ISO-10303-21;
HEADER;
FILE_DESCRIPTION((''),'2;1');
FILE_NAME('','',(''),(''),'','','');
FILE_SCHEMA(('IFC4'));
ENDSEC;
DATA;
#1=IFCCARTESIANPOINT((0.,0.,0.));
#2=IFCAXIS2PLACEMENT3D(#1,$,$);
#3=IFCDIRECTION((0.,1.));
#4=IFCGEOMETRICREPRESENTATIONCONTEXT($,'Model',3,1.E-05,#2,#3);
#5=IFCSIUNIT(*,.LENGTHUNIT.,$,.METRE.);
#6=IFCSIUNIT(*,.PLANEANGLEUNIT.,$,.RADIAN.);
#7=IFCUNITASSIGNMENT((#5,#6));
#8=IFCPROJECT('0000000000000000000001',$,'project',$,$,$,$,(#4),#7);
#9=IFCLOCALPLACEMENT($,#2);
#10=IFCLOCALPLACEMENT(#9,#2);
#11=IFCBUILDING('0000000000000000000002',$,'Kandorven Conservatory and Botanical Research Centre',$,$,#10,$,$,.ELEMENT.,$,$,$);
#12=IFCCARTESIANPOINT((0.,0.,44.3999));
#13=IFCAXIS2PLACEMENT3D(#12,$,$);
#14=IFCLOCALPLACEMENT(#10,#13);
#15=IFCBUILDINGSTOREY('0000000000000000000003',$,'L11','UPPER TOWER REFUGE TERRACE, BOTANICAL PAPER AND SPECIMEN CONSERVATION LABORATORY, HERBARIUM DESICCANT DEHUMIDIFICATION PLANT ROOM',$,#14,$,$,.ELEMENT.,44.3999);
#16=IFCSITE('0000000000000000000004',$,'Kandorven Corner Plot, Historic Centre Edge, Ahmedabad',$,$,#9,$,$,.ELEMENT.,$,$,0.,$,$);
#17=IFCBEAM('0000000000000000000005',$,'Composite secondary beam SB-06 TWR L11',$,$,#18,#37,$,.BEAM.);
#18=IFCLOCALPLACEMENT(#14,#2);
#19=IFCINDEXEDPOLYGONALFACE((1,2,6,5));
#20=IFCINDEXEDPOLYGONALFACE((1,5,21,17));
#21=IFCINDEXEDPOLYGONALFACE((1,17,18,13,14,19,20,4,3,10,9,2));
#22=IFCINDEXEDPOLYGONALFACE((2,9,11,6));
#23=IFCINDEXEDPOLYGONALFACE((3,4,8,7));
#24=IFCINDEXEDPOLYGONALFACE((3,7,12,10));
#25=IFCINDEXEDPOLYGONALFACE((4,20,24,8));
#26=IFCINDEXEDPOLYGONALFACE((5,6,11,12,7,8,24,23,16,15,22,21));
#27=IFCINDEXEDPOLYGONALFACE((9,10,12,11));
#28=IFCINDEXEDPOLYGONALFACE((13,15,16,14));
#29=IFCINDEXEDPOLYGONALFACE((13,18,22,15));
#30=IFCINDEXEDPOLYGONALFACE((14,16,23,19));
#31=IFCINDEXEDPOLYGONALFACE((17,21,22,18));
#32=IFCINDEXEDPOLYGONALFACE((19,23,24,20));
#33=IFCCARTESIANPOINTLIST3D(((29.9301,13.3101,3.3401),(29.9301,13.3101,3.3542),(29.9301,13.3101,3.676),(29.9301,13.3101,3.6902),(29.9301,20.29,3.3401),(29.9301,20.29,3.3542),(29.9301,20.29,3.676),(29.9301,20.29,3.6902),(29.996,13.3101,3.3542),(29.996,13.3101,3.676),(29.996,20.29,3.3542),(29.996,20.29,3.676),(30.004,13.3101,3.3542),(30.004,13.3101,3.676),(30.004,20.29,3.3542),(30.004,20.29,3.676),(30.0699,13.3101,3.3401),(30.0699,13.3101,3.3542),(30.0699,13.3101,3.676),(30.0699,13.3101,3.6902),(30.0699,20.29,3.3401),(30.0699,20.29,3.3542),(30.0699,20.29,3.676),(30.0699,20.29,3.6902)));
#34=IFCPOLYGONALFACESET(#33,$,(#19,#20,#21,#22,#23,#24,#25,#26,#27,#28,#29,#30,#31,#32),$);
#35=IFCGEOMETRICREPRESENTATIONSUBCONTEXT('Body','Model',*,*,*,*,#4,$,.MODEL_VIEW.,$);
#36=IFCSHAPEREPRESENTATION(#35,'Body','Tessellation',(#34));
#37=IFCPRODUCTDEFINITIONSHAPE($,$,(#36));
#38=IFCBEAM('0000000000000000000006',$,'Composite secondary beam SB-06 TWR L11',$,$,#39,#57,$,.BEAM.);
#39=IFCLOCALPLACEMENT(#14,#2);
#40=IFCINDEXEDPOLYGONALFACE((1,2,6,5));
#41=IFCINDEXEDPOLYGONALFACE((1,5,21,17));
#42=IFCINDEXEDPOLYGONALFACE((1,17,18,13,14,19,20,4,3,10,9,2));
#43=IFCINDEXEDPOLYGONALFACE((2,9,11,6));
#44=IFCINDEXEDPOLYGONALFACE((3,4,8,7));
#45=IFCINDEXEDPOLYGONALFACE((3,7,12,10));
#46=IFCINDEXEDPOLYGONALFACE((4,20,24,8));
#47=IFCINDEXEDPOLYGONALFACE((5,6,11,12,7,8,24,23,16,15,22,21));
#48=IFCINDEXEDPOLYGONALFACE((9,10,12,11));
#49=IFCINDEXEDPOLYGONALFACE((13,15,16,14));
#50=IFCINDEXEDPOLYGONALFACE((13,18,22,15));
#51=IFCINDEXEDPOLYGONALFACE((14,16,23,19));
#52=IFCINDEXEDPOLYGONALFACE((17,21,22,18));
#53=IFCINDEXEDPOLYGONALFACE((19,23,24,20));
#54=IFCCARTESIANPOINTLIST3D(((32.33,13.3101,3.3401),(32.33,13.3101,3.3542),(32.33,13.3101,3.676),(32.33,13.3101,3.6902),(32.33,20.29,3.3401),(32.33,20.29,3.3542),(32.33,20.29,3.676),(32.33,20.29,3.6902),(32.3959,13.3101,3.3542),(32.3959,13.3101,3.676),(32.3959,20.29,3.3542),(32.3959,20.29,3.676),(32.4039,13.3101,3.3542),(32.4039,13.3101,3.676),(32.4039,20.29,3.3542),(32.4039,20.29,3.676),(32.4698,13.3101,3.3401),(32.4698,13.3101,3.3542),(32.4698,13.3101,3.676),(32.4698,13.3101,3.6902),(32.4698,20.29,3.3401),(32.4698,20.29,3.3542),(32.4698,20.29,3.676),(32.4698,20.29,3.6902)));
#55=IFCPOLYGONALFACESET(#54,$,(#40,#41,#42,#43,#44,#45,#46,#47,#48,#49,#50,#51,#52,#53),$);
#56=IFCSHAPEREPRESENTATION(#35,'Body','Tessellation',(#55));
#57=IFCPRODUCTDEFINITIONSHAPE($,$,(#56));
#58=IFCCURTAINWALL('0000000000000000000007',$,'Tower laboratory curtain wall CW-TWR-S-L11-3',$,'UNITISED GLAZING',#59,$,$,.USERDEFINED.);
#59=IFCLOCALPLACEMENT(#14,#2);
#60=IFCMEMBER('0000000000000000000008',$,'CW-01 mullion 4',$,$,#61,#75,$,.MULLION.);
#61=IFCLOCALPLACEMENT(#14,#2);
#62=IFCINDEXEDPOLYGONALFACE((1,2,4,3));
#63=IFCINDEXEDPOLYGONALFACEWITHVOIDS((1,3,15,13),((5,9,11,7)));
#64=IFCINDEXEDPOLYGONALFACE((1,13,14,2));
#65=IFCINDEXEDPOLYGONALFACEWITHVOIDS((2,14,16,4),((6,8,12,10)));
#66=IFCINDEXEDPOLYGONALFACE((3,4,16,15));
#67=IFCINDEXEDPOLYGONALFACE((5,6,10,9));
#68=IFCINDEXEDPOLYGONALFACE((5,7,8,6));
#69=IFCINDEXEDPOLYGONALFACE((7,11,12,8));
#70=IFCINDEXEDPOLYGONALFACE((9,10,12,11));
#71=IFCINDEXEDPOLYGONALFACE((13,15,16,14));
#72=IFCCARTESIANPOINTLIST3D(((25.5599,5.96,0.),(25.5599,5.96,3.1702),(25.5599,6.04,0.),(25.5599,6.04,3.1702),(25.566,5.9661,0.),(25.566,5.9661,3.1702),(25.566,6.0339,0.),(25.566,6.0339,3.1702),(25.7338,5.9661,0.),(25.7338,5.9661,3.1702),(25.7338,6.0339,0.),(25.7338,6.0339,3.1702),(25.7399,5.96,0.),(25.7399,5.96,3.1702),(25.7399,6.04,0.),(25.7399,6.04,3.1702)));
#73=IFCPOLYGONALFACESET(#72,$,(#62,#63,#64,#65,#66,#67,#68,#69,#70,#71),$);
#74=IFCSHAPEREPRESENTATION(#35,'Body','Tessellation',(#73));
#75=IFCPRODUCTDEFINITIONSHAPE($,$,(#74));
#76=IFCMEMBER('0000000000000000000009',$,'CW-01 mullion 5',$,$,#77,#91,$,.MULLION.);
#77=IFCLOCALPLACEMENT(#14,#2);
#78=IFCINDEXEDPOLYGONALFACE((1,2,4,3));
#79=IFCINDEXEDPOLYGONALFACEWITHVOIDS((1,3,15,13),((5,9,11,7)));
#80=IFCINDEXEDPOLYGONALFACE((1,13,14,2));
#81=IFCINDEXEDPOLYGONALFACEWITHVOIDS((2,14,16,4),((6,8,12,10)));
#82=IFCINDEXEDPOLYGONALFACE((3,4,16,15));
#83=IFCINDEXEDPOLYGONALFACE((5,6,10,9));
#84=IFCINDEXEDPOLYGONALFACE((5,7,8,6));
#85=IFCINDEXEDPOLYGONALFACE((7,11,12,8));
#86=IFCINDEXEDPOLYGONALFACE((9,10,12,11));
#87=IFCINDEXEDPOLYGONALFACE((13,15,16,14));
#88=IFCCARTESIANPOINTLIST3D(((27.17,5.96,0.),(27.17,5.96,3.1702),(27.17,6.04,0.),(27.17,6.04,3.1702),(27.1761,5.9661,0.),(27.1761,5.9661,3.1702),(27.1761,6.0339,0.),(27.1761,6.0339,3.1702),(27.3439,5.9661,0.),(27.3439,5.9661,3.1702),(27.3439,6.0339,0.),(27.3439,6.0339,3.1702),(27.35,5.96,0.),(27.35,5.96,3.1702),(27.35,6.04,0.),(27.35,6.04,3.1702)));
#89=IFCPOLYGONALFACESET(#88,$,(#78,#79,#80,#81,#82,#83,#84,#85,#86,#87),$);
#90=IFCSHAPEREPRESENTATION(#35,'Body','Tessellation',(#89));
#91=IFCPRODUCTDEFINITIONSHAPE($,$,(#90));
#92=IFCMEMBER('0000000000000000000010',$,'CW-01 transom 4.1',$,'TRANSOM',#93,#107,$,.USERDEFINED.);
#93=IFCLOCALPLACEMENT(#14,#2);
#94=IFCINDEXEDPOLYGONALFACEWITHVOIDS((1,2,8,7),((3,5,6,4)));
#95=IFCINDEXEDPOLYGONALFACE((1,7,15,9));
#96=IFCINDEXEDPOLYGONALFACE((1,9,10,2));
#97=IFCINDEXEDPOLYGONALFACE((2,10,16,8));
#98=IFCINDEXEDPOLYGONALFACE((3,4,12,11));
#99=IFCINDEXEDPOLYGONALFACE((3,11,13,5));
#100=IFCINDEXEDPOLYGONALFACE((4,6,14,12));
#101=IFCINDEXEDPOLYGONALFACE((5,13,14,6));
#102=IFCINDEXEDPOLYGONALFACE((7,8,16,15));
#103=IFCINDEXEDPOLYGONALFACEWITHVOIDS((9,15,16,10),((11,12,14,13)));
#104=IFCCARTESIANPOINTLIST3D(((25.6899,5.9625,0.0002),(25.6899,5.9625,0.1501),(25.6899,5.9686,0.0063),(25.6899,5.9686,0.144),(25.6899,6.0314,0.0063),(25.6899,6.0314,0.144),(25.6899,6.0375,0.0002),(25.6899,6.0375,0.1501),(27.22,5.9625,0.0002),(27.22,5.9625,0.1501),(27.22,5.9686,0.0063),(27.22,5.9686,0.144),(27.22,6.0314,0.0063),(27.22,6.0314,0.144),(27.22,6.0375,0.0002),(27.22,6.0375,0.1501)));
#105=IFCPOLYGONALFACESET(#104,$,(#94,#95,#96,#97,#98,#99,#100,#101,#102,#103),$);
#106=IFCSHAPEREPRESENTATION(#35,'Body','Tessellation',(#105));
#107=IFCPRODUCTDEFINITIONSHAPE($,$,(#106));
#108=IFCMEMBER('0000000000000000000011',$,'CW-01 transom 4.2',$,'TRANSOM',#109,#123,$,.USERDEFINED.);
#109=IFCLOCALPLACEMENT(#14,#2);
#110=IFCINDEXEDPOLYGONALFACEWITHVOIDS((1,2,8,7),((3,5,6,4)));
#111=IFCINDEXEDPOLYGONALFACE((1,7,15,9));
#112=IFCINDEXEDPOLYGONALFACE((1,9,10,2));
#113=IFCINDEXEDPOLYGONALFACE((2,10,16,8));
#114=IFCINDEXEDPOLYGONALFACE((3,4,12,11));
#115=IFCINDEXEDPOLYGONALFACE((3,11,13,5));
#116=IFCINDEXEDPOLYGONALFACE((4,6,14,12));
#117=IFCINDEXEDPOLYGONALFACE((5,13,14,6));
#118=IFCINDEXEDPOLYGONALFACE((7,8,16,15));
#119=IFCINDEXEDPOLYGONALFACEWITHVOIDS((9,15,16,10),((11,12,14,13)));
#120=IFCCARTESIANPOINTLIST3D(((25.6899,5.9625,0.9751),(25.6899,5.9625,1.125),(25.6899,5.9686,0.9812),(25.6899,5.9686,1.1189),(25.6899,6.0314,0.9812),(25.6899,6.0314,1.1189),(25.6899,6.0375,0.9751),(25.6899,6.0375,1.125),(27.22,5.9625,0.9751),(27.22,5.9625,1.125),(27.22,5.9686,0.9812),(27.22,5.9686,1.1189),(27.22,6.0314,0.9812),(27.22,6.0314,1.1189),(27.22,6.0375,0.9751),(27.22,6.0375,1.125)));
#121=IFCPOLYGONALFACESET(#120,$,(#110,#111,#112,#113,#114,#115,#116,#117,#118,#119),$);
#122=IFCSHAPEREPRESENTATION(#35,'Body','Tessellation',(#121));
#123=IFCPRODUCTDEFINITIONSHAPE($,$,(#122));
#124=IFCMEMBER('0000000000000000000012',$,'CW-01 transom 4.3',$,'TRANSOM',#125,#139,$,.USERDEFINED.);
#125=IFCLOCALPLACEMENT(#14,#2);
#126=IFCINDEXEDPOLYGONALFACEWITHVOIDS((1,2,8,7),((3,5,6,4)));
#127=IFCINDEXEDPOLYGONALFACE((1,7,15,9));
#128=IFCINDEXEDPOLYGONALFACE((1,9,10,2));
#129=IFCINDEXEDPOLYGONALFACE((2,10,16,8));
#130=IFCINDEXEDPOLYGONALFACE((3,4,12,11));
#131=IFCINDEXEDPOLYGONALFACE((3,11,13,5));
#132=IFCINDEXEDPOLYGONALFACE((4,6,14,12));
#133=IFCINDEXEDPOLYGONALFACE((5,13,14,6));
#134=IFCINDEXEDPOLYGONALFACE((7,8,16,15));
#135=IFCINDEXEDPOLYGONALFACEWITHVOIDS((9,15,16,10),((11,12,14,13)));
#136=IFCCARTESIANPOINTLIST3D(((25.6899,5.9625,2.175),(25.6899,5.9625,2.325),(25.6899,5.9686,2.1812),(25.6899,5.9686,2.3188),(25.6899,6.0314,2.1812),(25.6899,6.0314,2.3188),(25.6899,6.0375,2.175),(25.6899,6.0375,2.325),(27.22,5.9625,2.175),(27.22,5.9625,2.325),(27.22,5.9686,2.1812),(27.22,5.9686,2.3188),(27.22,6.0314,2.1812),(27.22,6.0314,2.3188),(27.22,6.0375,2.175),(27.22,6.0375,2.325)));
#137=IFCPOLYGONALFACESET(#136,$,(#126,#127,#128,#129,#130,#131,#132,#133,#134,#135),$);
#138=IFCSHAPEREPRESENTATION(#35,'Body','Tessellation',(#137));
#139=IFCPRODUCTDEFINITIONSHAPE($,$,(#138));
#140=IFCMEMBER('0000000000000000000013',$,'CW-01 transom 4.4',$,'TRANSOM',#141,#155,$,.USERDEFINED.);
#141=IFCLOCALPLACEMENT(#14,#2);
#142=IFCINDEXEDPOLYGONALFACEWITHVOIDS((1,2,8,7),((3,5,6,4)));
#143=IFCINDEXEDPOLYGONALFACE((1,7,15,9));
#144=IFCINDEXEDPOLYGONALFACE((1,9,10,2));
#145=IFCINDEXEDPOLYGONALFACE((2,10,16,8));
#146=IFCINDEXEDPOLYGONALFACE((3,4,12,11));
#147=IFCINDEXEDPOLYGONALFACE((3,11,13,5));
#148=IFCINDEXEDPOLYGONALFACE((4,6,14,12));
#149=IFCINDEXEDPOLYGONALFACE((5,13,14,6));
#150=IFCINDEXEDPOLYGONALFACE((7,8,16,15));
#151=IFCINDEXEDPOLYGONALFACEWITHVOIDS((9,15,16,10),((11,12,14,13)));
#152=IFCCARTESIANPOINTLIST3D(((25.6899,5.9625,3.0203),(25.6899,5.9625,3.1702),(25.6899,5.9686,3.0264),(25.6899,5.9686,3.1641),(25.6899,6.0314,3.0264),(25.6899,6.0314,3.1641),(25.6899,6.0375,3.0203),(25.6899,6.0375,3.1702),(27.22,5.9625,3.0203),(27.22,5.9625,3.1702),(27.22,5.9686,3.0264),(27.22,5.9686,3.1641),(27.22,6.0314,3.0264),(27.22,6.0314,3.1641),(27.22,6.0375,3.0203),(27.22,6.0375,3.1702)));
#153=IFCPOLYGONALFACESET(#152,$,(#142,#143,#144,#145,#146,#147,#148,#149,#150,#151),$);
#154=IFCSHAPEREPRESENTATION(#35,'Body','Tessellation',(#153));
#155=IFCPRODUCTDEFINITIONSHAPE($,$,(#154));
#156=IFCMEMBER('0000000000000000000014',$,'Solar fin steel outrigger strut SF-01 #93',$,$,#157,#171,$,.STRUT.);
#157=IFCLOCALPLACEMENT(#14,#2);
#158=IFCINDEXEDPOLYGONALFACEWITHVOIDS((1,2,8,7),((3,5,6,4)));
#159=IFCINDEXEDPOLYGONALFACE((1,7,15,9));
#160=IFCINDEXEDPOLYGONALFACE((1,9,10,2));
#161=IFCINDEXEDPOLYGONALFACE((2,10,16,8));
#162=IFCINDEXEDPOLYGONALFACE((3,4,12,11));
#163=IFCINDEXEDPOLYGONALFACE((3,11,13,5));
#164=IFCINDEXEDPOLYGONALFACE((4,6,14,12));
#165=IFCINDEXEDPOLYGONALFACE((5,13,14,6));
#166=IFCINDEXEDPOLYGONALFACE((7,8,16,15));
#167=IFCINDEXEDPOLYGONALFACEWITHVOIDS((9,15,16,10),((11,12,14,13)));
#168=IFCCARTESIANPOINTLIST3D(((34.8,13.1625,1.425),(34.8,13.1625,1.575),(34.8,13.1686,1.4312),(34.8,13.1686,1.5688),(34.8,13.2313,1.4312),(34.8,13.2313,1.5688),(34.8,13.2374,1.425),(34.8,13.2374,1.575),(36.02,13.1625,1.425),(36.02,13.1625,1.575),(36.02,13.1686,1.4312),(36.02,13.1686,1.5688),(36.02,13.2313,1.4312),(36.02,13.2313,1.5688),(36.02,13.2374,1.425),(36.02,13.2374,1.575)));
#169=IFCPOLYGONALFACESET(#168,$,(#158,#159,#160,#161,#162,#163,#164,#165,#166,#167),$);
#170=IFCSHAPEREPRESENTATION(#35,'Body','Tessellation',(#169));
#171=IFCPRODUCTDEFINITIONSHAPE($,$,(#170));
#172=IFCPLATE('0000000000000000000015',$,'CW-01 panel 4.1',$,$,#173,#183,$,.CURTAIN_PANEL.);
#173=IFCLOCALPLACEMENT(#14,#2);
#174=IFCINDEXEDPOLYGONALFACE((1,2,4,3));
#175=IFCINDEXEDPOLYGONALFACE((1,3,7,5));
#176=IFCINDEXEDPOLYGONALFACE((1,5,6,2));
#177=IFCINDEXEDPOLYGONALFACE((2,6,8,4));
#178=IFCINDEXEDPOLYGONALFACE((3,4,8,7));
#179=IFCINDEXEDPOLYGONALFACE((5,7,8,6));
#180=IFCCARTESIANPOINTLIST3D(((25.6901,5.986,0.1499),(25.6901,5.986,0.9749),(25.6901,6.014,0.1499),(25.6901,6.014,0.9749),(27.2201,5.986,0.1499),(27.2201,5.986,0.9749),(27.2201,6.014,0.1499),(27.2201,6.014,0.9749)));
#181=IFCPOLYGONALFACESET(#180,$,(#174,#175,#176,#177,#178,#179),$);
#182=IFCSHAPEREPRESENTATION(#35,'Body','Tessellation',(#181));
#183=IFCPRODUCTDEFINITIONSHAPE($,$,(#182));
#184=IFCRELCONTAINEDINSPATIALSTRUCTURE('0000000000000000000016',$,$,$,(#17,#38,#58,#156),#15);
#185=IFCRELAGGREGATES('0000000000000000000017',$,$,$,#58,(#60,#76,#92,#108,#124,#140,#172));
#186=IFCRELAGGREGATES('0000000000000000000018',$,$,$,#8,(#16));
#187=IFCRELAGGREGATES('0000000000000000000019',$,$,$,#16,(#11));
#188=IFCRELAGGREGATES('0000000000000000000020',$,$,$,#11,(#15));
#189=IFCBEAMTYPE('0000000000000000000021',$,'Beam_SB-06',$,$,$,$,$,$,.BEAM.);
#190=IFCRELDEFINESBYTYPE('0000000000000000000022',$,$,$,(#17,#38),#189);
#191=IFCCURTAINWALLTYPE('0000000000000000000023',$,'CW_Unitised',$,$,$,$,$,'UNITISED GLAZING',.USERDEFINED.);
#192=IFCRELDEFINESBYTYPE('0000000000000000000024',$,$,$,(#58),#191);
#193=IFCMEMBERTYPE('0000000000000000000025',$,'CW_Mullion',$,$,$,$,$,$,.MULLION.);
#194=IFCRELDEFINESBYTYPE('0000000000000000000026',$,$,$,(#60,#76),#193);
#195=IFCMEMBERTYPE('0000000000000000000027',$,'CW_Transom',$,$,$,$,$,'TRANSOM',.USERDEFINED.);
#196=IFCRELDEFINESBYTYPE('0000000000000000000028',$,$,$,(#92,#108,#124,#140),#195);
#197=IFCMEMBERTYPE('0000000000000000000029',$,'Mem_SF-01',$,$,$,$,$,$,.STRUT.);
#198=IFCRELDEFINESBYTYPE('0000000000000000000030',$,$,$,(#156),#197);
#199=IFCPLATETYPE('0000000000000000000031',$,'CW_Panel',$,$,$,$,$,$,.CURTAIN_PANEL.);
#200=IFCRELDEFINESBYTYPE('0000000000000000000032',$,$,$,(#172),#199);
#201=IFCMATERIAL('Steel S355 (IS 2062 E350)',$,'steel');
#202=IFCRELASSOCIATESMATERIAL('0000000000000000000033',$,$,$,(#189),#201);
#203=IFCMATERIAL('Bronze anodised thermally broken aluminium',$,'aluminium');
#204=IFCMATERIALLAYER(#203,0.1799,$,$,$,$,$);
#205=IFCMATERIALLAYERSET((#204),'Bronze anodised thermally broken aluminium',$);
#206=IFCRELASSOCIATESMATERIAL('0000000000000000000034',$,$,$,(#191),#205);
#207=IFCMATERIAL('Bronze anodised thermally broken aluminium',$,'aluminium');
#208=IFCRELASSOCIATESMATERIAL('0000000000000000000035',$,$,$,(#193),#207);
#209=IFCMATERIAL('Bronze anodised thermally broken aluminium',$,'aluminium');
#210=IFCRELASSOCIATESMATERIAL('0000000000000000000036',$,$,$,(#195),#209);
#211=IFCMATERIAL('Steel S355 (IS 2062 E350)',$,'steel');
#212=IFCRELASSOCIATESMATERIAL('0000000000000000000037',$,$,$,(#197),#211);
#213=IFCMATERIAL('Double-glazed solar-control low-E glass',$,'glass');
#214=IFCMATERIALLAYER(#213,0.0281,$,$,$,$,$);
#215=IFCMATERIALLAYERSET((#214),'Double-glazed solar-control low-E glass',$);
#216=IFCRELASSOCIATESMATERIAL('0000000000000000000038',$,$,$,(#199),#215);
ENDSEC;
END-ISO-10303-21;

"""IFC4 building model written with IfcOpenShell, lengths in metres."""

from ifc_helpers import new_model, si_unit, direction, frame, origin, origin_2d, place, context, subcontext, project, spatial, rectangle, hollow_rectangle, i_section, extrude, material, layer, layer_set, material_profile, profile_set, type_object, element, aggregate, save


model = new_model("IFC4")

# Units and contexts
model_context = context("Model", 3, precision=1e-05, world=origin(), true_north=direction((0.0, 1.0)))
body_context = subcontext(model_context, "Body", "Model", "MODEL_VIEW")
ifc_project = project(units=[si_unit("LENGTHUNIT", "METRE"), si_unit("PLANEANGLEUNIT", "RADIAN")], contexts=[model_context])

# Site, building, storey
site_placement = place(None, origin())
site = spatial("IfcSite", under=ifc_project, at=site_placement, Name="Kandorven Corner Plot, Historic Centre Edge, Ahmedabad", CompositionType="ELEMENT", RefElevation=0.0)
building_placement = place(site_placement, origin())
building = spatial("IfcBuilding", under=site, at=building_placement, Name="Kandorven Conservatory and Botanical Research Centre", CompositionType="ELEMENT")
storey_placement = place(building_placement, frame((0.0, 0.0, 44.3999)))
storey = spatial("IfcBuildingStorey", under=building, at=storey_placement, Name="L11", Description="UPPER TOWER REFUGE TERRACE, BOTANICAL PAPER AND SPECIMEN CONSERVATION LABORATORY, HERBARIUM DESICCANT DEHUMIDIFICATION PLANT ROOM", CompositionType="ELEMENT", Elevation=44.3999)

# Beams
ifc_material_1 = material(Name="Steel S355 (IS 2062 E350)", Category="steel")
ifc_material_profile_1 = material_profile(ifc_material_1, i_section(OverallWidth=0.1399, OverallDepth=0.3501, WebThickness=0.0081, FlangeThickness=0.0142, at=origin_2d()))
ifc_profile_set_1 = profile_set([ifc_material_profile_1], Name="Steel S355 (IS 2062 E350)")
beam_type_1 = type_object("IfcBeamType", Name="Beam_SB-06", PredefinedType="BEAM", material=ifc_profile_set_1)
for number, where, z_axis, x_axis, name in (
    (1, (30.0, 13.3101, 3.5151), (0.0, 1.0, 0.0), (-1.0, 0.0, 0.0), "Composite secondary beam SB-06 TWR L11"),
    (2, (32.3999, 13.3101, 3.5151), (0.0, 1.0, 0.0), (-1.0, 0.0, 0.0), "Composite secondary beam SB-06 TWR L11"),
):
    element("IfcBeam", number, at=place(storey_placement, frame(where, z_axis=z_axis, x_axis=x_axis)), inside=storey, type_object=beam_type_1, Name=name, PredefinedType="BEAM", context=body_context, shape_type="SweptSolid", body=[
        extrude(i_section(OverallWidth=0.1399, OverallDepth=0.3501, WebThickness=0.0081, FlangeThickness=0.0142, at=origin_2d()), origin(), (0.0, 0.0, 1.0), 6.98),
    ])

# Curtain wall, members
ifc_material_2 = material(Name="Bronze anodised thermally broken aluminium", Category="aluminium")
ifc_layer_1 = layer(ifc_material_2, 0.1799)
ifc_layer_set_1 = layer_set([ifc_layer_1], Name="Bronze anodised thermally broken aluminium")
curtain_wall_type = type_object("IfcCurtainWallType", Name="CW_Unitised", ElementType="UNITISED GLAZING", PredefinedType="USERDEFINED", material=ifc_layer_set_1)
curtain_wall_placement = place(storey_placement, origin())
curtain_wall = element("IfcCurtainWall", 3, at=curtain_wall_placement, inside=storey, type_object=curtain_wall_type, Name="Tower laboratory curtain wall CW-TWR-S-L11-3", ObjectType="UNITISED GLAZING", PredefinedType="USERDEFINED")
ifc_material_3 = material(Name="Bronze anodised thermally broken aluminium", Category="aluminium")
ifc_material_profile_2 = material_profile(ifc_material_3, hollow_rectangle(XDim=0.0801, YDim=0.1799, WallThickness=0.0061, at=origin_2d()))
ifc_profile_set_2 = profile_set([ifc_material_profile_2], Name="Bronze anodised thermally broken aluminium")
member_type_1 = type_object("IfcMemberType", Name="CW_Mullion", PredefinedType="MULLION", material=ifc_profile_set_2)
member_1_placement = place(storey_placement, frame((25.6499, 6.0, 0.0), z_axis=(0.0, 0.0, 1.0), x_axis=(0.0, 1.0, 0.0)))
member_1 = element("IfcMember", 4, at=member_1_placement, type_object=member_type_1, Name="CW-01 mullion 4", PredefinedType="MULLION", context=body_context, shape_type="SweptSolid", body=[
    extrude(hollow_rectangle(XDim=0.0801, YDim=0.1799, WallThickness=0.0061, at=origin_2d()), origin(), (0.0, 0.0, 1.0), 3.1702),
])
member_2_placement = place(storey_placement, frame((27.26, 6.0, 0.0), z_axis=(0.0, 0.0, 1.0), x_axis=(0.0, 1.0, 0.0)))
member_2 = element("IfcMember", 5, at=member_2_placement, type_object=member_type_1, Name="CW-01 mullion 5", PredefinedType="MULLION", context=body_context, shape_type="SweptSolid", body=[
    extrude(hollow_rectangle(XDim=0.0801, YDim=0.1799, WallThickness=0.0061, at=origin_2d()), origin(), (0.0, 0.0, 1.0), 3.1702),
])
ifc_material_4 = material(Name="Bronze anodised thermally broken aluminium", Category="aluminium")
ifc_material_profile_3 = material_profile(ifc_material_4, hollow_rectangle(XDim=0.075, YDim=0.1499, WallThickness=0.0061, at=origin_2d()))
ifc_profile_set_3 = profile_set([ifc_material_profile_3], Name="Bronze anodised thermally broken aluminium")
member_type_2 = type_object("IfcMemberType", Name="CW_Transom", ElementType="TRANSOM", PredefinedType="USERDEFINED", material=ifc_profile_set_3)
member_3_placement = place(storey_placement, frame((25.6899, 6.0, 0.0752), z_axis=(1.0, 0.0, 0.0), x_axis=(0.0, 1.0, 0.0)))
member_3 = element("IfcMember", 6, at=member_3_placement, type_object=member_type_2, Name="CW-01 transom 4.1", ObjectType="TRANSOM", PredefinedType="USERDEFINED", context=body_context, shape_type="SweptSolid", body=[
    extrude(hollow_rectangle(XDim=0.075, YDim=0.1499, WallThickness=0.0061, at=origin_2d()), origin(), (0.0, 0.0, 1.0), 1.53),
])
member_4_placement = place(storey_placement, frame((25.6899, 6.0, 1.05), z_axis=(1.0, 0.0, 0.0), x_axis=(0.0, 1.0, 0.0)))
member_4 = element("IfcMember", 7, at=member_4_placement, type_object=member_type_2, Name="CW-01 transom 4.2", ObjectType="TRANSOM", PredefinedType="USERDEFINED", context=body_context, shape_type="SweptSolid", body=[
    extrude(hollow_rectangle(XDim=0.075, YDim=0.1499, WallThickness=0.0061, at=origin_2d()), origin(), (0.0, 0.0, 1.0), 1.53),
])
member_5_placement = place(storey_placement, frame((25.6899, 6.0, 2.25), z_axis=(1.0, 0.0, 0.0), x_axis=(0.0, 1.0, 0.0)))
member_5 = element("IfcMember", 8, at=member_5_placement, type_object=member_type_2, Name="CW-01 transom 4.3", ObjectType="TRANSOM", PredefinedType="USERDEFINED", context=body_context, shape_type="SweptSolid", body=[
    extrude(hollow_rectangle(XDim=0.075, YDim=0.1499, WallThickness=0.0061, at=origin_2d()), origin(), (0.0, 0.0, 1.0), 1.53),
])
member_6_placement = place(storey_placement, frame((25.6899, 6.0, 3.0952), z_axis=(1.0, 0.0, 0.0), x_axis=(0.0, 1.0, 0.0)))
member_6 = element("IfcMember", 9, at=member_6_placement, type_object=member_type_2, Name="CW-01 transom 4.4", ObjectType="TRANSOM", PredefinedType="USERDEFINED", context=body_context, shape_type="SweptSolid", body=[
    extrude(hollow_rectangle(XDim=0.075, YDim=0.1499, WallThickness=0.0061, at=origin_2d()), origin(), (0.0, 0.0, 1.0), 1.53),
])

# Member
ifc_material_5 = material(Name="Steel S355 (IS 2062 E350)", Category="steel")
ifc_material_profile_4 = material_profile(ifc_material_5, hollow_rectangle(XDim=0.075, YDim=0.1499, WallThickness=0.0061, at=origin_2d()))
ifc_profile_set_4 = profile_set([ifc_material_profile_4], Name="Steel S355 (IS 2062 E350)")
member_type_3 = type_object("IfcMemberType", Name="Mem_SF-01", PredefinedType="STRUT", material=ifc_profile_set_4)
member_7_placement = place(storey_placement, frame((34.8, 13.2, 1.5), z_axis=(1.0, 0.0, 0.0), x_axis=(0.0, 1.0, 0.0)))
element("IfcMember", 10, at=member_7_placement, inside=storey, type_object=member_type_3, Name="Solar fin steel outrigger strut SF-01 #93", PredefinedType="STRUT", context=body_context, shape_type="SweptSolid", body=[
    extrude(hollow_rectangle(XDim=0.075, YDim=0.1499, WallThickness=0.0061, at=origin_2d()), origin(), (0.0, 0.0, 1.0), 1.22),
])

# Plate
ifc_material_6 = material(Name="Double-glazed solar-control low-E glass", Category="glass")
ifc_layer_2 = layer(ifc_material_6, 0.0281)
ifc_layer_set_2 = layer_set([ifc_layer_2], Name="Double-glazed solar-control low-E glass")
plate_type_1 = type_object("IfcPlateType", Name="CW_Panel", PredefinedType="CURTAIN_PANEL", material=ifc_layer_set_2)
plate_1_placement = place(storey_placement, frame((26.4551, 6.0, 0.1499), z_axis=(0.0, 0.0, 1.0), x_axis=(1.0, 0.0, 0.0)))
plate_1 = element("IfcPlate", 11, at=plate_1_placement, type_object=plate_type_1, Name="CW-01 panel 4.1", PredefinedType="CURTAIN_PANEL", context=body_context, shape_type="SweptSolid", body=[
    extrude(rectangle(XDim=1.53, YDim=0.0281, at=origin_2d()), origin(), (0.0, 0.0, 1.0), 0.825),
])
aggregate(curtain_wall, [member_1, member_2, member_3, member_4, member_5, member_6, plate_1])

save(model, "model.ifc")
